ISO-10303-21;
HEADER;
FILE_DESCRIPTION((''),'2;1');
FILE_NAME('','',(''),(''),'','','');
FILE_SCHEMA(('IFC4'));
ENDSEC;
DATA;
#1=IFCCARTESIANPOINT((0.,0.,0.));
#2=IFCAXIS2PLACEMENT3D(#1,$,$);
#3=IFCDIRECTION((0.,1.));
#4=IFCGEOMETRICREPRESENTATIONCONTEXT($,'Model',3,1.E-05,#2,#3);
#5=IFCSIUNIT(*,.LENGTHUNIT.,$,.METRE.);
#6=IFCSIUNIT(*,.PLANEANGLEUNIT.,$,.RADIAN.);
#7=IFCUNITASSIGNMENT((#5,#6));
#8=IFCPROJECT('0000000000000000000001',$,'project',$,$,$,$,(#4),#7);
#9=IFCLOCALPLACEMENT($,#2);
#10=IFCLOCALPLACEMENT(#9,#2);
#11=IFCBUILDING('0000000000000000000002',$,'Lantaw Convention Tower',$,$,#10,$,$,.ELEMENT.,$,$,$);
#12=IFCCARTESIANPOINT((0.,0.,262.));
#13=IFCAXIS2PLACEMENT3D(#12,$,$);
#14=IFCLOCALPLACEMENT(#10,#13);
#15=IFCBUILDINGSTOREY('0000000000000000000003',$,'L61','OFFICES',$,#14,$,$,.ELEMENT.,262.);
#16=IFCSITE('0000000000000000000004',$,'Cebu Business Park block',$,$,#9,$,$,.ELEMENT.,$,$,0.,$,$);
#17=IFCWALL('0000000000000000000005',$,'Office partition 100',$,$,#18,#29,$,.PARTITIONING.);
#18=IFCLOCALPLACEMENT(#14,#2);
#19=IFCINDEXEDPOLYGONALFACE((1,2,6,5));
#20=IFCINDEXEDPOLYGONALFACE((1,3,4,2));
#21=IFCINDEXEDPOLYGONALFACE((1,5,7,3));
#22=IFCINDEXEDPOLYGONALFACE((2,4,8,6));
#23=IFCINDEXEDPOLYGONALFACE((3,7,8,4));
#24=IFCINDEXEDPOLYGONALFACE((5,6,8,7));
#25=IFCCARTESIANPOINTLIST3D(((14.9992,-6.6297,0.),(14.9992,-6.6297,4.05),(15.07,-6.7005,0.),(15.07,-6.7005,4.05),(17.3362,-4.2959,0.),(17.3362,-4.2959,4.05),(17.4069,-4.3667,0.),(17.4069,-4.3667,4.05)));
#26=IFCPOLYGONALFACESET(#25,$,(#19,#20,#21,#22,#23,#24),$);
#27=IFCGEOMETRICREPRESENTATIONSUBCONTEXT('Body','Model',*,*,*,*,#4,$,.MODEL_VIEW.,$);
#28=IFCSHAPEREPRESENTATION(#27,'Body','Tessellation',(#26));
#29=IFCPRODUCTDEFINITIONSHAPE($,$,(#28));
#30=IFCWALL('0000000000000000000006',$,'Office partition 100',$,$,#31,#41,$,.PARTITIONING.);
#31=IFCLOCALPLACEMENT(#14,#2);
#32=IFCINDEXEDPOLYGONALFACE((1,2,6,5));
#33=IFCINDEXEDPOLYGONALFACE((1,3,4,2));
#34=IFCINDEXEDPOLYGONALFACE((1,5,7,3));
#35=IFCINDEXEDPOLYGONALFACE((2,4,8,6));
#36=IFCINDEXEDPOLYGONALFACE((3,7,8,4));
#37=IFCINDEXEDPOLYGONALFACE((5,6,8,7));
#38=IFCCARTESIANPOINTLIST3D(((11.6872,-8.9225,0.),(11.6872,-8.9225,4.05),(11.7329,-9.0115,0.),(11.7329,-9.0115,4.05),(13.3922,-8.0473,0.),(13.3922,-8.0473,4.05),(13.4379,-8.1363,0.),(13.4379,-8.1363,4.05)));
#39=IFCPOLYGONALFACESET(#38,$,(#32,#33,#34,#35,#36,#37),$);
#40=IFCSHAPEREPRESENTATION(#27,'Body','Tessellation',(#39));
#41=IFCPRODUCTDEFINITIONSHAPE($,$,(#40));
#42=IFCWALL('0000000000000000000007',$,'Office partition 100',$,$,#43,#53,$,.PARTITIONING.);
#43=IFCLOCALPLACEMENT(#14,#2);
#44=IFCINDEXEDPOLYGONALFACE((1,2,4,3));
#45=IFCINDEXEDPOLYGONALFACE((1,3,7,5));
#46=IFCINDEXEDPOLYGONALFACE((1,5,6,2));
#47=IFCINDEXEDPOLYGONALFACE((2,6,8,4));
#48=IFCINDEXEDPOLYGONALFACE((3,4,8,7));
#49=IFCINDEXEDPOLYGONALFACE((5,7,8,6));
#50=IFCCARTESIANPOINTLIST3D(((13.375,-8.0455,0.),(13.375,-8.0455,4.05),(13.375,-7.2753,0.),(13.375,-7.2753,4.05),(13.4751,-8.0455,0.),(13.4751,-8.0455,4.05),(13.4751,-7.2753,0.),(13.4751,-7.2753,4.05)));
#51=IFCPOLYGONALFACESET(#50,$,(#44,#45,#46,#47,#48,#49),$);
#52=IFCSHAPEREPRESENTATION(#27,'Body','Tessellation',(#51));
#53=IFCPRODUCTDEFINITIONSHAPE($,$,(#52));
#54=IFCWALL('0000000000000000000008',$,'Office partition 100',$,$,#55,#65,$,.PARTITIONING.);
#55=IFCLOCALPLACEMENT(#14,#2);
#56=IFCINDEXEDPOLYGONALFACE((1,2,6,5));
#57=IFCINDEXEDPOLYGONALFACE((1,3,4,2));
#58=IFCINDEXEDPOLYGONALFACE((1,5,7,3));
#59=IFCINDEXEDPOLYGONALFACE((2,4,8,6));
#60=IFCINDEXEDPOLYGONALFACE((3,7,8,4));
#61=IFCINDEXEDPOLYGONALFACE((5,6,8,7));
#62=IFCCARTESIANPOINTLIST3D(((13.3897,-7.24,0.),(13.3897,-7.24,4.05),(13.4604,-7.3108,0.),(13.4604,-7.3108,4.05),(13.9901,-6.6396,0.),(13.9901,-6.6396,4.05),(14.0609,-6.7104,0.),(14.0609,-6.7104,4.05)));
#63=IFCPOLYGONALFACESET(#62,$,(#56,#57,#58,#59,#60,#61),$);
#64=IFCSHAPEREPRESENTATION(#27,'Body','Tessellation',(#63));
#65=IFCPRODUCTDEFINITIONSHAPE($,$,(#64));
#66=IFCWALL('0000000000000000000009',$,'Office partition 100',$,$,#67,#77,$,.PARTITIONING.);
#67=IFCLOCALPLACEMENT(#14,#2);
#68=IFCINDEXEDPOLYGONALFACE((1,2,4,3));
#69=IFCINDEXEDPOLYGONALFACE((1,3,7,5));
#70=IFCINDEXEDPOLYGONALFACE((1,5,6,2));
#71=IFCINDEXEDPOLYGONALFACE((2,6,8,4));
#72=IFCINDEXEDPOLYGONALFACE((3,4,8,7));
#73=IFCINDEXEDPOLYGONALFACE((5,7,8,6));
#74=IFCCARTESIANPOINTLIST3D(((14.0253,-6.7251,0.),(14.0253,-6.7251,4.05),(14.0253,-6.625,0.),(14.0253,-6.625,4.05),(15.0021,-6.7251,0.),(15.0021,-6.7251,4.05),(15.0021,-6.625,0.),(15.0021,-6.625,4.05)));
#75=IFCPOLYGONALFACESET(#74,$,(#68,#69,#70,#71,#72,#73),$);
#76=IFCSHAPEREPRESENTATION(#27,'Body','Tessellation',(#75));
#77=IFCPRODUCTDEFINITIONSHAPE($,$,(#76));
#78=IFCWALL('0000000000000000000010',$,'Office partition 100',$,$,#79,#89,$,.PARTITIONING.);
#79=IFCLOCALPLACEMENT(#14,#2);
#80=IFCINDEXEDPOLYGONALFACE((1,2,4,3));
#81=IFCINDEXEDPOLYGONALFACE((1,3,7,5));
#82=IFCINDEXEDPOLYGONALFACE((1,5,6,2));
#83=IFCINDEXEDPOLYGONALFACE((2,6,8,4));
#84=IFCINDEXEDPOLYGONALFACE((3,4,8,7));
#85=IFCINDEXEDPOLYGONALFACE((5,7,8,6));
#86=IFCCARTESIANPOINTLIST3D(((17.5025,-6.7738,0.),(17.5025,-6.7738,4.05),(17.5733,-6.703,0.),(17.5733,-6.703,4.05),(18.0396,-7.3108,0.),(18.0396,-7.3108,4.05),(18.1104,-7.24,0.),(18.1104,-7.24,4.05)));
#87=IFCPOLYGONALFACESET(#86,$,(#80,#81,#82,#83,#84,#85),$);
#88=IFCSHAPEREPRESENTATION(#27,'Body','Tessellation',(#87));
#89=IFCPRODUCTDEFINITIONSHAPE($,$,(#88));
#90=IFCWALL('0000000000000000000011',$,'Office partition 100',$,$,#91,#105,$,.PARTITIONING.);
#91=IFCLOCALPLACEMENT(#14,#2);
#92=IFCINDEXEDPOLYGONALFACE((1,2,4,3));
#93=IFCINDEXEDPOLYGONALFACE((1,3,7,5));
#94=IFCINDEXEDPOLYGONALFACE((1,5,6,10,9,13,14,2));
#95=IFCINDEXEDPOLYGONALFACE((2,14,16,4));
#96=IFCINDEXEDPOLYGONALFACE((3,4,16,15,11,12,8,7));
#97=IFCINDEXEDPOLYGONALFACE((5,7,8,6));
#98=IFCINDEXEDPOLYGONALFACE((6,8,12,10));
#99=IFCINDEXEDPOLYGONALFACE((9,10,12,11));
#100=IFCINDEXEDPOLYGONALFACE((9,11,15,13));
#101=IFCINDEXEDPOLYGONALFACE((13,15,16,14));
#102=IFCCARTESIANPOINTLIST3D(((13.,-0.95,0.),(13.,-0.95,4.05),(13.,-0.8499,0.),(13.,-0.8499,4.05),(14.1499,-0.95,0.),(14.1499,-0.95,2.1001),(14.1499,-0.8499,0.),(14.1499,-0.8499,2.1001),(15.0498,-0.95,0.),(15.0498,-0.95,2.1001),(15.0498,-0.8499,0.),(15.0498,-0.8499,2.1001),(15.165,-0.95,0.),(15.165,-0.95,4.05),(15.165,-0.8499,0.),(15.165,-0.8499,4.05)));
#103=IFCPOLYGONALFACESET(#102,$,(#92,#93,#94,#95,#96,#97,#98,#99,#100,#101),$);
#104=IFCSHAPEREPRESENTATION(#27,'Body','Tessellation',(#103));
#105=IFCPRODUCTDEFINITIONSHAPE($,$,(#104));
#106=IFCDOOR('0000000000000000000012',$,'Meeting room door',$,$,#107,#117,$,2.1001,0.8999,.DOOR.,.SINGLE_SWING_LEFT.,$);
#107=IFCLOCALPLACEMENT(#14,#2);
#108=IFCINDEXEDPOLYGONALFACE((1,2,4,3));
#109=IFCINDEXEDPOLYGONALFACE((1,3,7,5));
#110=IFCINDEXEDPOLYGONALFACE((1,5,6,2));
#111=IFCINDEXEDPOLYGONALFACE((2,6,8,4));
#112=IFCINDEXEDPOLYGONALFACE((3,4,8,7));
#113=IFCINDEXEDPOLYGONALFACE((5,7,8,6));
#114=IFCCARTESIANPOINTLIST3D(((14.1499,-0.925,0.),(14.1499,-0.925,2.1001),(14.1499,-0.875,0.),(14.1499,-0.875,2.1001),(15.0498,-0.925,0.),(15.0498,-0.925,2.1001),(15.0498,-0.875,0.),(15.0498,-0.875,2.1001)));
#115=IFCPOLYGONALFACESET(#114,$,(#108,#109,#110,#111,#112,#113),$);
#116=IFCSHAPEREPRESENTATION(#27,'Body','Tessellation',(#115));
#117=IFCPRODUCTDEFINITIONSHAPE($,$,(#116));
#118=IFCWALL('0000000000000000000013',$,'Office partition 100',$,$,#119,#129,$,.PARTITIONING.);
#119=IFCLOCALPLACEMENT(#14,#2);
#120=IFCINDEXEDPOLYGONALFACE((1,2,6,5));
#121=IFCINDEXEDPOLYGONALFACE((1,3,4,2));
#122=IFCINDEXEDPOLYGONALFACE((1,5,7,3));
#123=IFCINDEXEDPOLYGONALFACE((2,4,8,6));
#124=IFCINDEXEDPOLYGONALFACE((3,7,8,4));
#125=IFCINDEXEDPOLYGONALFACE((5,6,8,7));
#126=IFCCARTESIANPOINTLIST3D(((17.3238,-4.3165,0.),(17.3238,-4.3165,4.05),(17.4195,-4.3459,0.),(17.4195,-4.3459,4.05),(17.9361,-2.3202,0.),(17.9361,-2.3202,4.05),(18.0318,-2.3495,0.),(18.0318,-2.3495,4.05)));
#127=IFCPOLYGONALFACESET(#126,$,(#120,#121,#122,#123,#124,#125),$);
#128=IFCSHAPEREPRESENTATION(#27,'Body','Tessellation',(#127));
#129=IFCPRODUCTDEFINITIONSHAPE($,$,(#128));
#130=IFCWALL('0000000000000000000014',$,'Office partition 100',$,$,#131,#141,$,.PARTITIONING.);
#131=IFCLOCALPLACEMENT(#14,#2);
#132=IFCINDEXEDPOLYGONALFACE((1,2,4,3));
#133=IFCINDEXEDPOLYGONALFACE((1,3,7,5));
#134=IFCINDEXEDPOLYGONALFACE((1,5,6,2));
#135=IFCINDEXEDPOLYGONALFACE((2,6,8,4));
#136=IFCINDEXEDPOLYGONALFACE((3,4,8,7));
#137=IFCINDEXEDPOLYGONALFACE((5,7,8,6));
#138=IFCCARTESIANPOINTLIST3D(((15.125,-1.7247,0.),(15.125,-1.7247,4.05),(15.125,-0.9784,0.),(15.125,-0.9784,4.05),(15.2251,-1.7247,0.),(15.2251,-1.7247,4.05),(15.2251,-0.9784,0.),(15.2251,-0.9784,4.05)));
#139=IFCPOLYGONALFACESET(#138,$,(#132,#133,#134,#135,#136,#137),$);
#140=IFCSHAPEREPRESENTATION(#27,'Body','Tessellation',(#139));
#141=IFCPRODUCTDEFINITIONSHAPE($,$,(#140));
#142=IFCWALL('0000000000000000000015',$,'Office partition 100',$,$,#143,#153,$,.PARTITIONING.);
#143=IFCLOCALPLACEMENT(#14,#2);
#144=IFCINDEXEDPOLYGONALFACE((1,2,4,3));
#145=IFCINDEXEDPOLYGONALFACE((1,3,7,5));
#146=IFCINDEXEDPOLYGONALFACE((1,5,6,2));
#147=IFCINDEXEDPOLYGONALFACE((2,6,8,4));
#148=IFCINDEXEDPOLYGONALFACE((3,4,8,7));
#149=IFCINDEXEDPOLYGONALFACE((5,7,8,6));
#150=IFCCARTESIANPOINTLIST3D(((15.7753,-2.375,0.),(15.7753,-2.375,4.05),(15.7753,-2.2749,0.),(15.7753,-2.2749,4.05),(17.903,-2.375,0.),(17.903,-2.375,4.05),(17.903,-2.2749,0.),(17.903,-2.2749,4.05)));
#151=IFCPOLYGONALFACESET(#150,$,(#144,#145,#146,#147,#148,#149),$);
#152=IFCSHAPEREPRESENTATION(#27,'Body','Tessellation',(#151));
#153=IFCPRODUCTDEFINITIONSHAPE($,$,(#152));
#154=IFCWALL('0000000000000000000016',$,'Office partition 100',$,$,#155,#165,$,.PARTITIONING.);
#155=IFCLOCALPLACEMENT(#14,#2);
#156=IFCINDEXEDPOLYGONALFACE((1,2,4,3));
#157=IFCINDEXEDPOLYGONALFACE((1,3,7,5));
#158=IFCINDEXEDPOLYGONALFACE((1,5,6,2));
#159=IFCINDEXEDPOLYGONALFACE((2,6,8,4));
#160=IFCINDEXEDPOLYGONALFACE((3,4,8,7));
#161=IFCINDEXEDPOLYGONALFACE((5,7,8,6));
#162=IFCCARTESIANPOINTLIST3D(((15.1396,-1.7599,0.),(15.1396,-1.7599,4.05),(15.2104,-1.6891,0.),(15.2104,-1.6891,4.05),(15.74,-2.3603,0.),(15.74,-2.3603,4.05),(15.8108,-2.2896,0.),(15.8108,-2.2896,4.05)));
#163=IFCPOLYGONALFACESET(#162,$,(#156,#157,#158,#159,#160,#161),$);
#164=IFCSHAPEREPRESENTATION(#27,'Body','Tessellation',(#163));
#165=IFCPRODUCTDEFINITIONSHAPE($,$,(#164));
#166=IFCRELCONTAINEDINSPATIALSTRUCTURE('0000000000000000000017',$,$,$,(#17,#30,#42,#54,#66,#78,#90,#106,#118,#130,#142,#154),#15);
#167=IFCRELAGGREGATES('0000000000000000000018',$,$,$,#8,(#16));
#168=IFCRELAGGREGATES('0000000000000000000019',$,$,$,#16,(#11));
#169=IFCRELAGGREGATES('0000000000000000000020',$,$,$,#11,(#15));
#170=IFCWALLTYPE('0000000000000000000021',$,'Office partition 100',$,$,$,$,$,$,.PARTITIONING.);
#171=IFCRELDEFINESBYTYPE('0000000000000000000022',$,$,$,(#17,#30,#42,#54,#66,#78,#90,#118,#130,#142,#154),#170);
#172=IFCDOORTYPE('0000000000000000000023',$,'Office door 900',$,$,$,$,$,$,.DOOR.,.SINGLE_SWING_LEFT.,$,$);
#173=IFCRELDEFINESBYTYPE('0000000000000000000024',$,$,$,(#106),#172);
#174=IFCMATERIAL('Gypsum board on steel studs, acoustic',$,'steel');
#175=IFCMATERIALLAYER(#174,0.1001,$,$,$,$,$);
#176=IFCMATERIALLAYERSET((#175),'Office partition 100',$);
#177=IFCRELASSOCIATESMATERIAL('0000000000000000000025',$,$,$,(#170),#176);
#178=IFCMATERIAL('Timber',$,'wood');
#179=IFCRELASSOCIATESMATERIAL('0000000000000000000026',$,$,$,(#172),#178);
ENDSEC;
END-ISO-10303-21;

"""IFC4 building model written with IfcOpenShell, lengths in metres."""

from ifc_helpers import new_model, si_unit, direction, frame, frame_2d, origin, place, context, subcontext, project, spatial, rectangle, extrude, material, layer, layer_set, type_object, element, fill, save


model = new_model("IFC4")

# Units and contexts
model_context = context("Model", 3, precision=1e-05, world=origin(), true_north=direction((0.0, 1.0)))
body_context = subcontext(model_context, "Body", "Model", "MODEL_VIEW")
ifc_project = project(units=[si_unit("LENGTHUNIT", "METRE"), si_unit("PLANEANGLEUNIT", "RADIAN")], contexts=[model_context])

# Site, building, storey
site_placement = place(None, origin())
site = spatial("IfcSite", under=ifc_project, at=site_placement, Name="Cebu Business Park block", CompositionType="ELEMENT", RefElevation=0.0)
building_placement = place(site_placement, origin())
building = spatial("IfcBuilding", under=site, at=building_placement, Name="Lantaw Convention Tower", CompositionType="ELEMENT")
storey_placement = place(building_placement, frame((0.0, 0.0, 262.0)))
storey = spatial("IfcBuildingStorey", under=building, at=storey_placement, Name="L61", Description="OFFICES", CompositionType="ELEMENT", Elevation=262.0)

# Walls
ifc_material_1 = material(Name="Gypsum board on steel studs, acoustic", Category="steel")
ifc_layer_1 = layer(ifc_material_1, 0.1001)
ifc_layer_set_1 = layer_set([ifc_layer_1], Name="Office partition 100")
wall_type_1 = type_object("IfcWallType", Name="Office partition 100", PredefinedType="PARTITIONING", material=ifc_layer_set_1)
wall_1_placement = place(storey_placement, frame((17.3716, -4.3313, 0.0), z_axis=(0.0, 0.0, 1.0), x_axis=(-0.707587, -0.706626, 0.0)))
element("IfcWall", 1, at=wall_1_placement, inside=storey, type_object=wall_type_1, Name="Office partition 100", PredefinedType="PARTITIONING", context=body_context, shape_type="SweptSolid", body=[
    extrude(rectangle(XDim=3.3027, YDim=0.1001, at=frame_2d((1.6514, 0.0))), origin(), (0.0, 0.0, 1.0), 4.05),
])
wall_2_placement = place(storey_placement, frame((13.415, -8.0918, 0.0), z_axis=(0.0, 0.0, 1.0), x_axis=(-0.889638, -0.456666, 0.0)))
element("IfcWall", 2, at=wall_2_placement, inside=storey, type_object=wall_type_1, Name="Office partition 100", PredefinedType="PARTITIONING", context=body_context, shape_type="SweptSolid", body=[
    extrude(rectangle(XDim=1.9165, YDim=0.1001, at=frame_2d((0.9583, 0.0))), origin(), (0.0, 0.0, 1.0), 4.05),
])
wall_3_placement = place(storey_placement, frame((13.425, -8.0457, 0.0), z_axis=(0.0, 0.0, 1.0), x_axis=(0.0, 1.0, 0.0)))
element("IfcWall", 3, at=wall_3_placement, inside=storey, type_object=wall_type_1, Name="Office partition 100", PredefinedType="PARTITIONING", context=body_context, shape_type="SweptSolid", body=[
    extrude(rectangle(XDim=0.7703, YDim=0.1001, at=frame_2d((0.3853, 0.0))), origin(), (0.0, 0.0, 1.0), 4.05),
])
wall_4_placement = place(storey_placement, frame((13.425, -7.2754, 0.0), z_axis=(0.0, 0.0, 1.0), x_axis=(0.707107, 0.707107, 0.0)))
element("IfcWall", 4, at=wall_4_placement, inside=storey, type_object=wall_type_1, Name="Office partition 100", PredefinedType="PARTITIONING", context=body_context, shape_type="SweptSolid", body=[
    extrude(rectangle(XDim=0.8491, YDim=0.1001, at=frame_2d((0.4246, 0.0))), origin(), (0.0, 0.0, 1.0), 4.05),
])
wall_5_placement = place(storey_placement, frame((14.0254, -6.675, 0.0), z_axis=(0.0, 0.0, 1.0), x_axis=(1.0, 0.0, 0.0)))
element("IfcWall", 5, at=wall_5_placement, inside=storey, type_object=wall_type_1, Name="Office partition 100", PredefinedType="PARTITIONING", context=body_context, shape_type="SweptSolid", body=[
    extrude(rectangle(XDim=0.9768, YDim=0.1001, at=frame_2d((0.4883, 0.0))), origin(), (0.0, 0.0, 1.0), 4.05),
])
wall_6_placement = place(storey_placement, frame((17.5378, -6.7383, 0.0), z_axis=(0.0, 0.0, 1.0), x_axis=(0.707107, -0.707107, 0.0)))
element("IfcWall", 6, at=wall_6_placement, inside=storey, type_object=wall_type_1, Name="Office partition 100", PredefinedType="PARTITIONING", context=body_context, shape_type="SweptSolid", body=[
    extrude(rectangle(XDim=0.7595, YDim=0.1001, at=frame_2d((0.3799, 0.0))), origin(), (0.0, 0.0, 1.0), 4.05),
])

# Wall, opening, door
wall_7_placement = place(storey_placement, frame((13.0, -0.8999, 0.0), z_axis=(0.0, 0.0, 1.0), x_axis=(1.0, 0.0, 0.0)))
wall_7 = element("IfcWall", 7, at=wall_7_placement, inside=storey, type_object=wall_type_1, Name="Office partition 100", PredefinedType="PARTITIONING", context=body_context, shape_type="SweptSolid", body=[
    extrude(rectangle(XDim=2.165, YDim=0.1001, at=frame_2d((1.0825, 0.0))), origin(), (0.0, 0.0, 1.0), 4.05),
])
opening_1_placement = place(wall_7_placement, frame((1.1499, 0.0, 0.0)))
opening_1 = element("IfcOpeningElement", 8, at=opening_1_placement, cuts=wall_7, PredefinedType="OPENING", context=body_context, shape_type="SweptSolid", body=[
    extrude(rectangle(XDim=0.8999, YDim=2.1001, at=frame_2d((0.45, 1.05))), frame((0.0, 0.0601, 0.0), z_axis=(0.0, -1.0, 0.0), x_axis=(1.0, 0.0, 0.0)), (0.0, 0.0, 1.0), 0.1201),
])
ifc_material_2 = material(Name="Timber", Category="wood")
door_type_1 = type_object("IfcDoorType", Name="Office door 900", OperationType="SINGLE_SWING_LEFT", PredefinedType="DOOR", material=ifc_material_2)
door_1_placement = place(opening_1_placement, origin())
door_1 = element("IfcDoor", 9, at=door_1_placement, inside=storey, type_object=door_type_1, Name="Meeting room door", OperationType="SINGLE_SWING_LEFT", OverallHeight=2.1001, OverallWidth=0.8999, PredefinedType="DOOR", context=body_context, shape_type="SweptSolid", body=[
    extrude(rectangle(XDim=0.8999, YDim=2.1001, at=frame_2d((0.45, 1.05))), frame((0.0, 0.0249, 0.0), z_axis=(0.0, -1.0, 0.0), x_axis=(1.0, 0.0, 0.0)), (0.0, 0.0, 1.0), 0.05),
])
fill(opening_1, door_1)

# Walls
wall_8_placement = place(storey_placement, frame((17.9839, -2.335, 0.0), z_axis=(0.0, 0.0, 1.0), x_axis=(-0.293231, -0.956042, 0.0)))
element("IfcWall", 10, at=wall_8_placement, inside=storey, type_object=wall_type_1, Name="Office partition 100", PredefinedType="PARTITIONING", context=body_context, shape_type="SweptSolid", body=[
    extrude(rectangle(XDim=2.0881, YDim=0.1001, at=frame_2d((1.0439, 0.0))), origin(), (0.0, 0.0, 1.0), 4.05),
])
wall_9_placement = place(storey_placement, frame((15.175, -1.7246, 0.0), z_axis=(0.0, 0.0, 1.0), x_axis=(0.0, 1.0, 0.0)))
element("IfcWall", 11, at=wall_9_placement, inside=storey, type_object=wall_type_1, Name="Office partition 100", PredefinedType="PARTITIONING", context=body_context, shape_type="SweptSolid", body=[
    extrude(rectangle(XDim=0.7463, YDim=0.1001, at=frame_2d((0.373, 0.0))), origin(), (0.0, 0.0, 1.0), 4.05),
])
wall_10_placement = place(storey_placement, frame((17.9031, -2.325, 0.0), z_axis=(0.0, 0.0, 1.0), x_axis=(-1.0, 0.0, 0.0)))
element("IfcWall", 12, at=wall_10_placement, inside=storey, type_object=wall_type_1, Name="Office partition 100", PredefinedType="PARTITIONING", context=body_context, shape_type="SweptSolid", body=[
    extrude(rectangle(XDim=2.1277, YDim=0.1001, at=frame_2d((1.064, 0.0))), origin(), (0.0, 0.0, 1.0), 4.05),
])
wall_11_placement = place(storey_placement, frame((15.7754, -2.325, 0.0), z_axis=(0.0, 0.0, 1.0), x_axis=(-0.707107, 0.707107, 0.0)))
element("IfcWall", 13, at=wall_11_placement, inside=storey, type_object=wall_type_1, Name="Office partition 100", PredefinedType="PARTITIONING", context=body_context, shape_type="SweptSolid", body=[
    extrude(rectangle(XDim=0.8491, YDim=0.1001, at=frame_2d((0.4246, 0.0))), origin(), (0.0, 0.0, 1.0), 4.05),
])

save(model, "model.ifc")
